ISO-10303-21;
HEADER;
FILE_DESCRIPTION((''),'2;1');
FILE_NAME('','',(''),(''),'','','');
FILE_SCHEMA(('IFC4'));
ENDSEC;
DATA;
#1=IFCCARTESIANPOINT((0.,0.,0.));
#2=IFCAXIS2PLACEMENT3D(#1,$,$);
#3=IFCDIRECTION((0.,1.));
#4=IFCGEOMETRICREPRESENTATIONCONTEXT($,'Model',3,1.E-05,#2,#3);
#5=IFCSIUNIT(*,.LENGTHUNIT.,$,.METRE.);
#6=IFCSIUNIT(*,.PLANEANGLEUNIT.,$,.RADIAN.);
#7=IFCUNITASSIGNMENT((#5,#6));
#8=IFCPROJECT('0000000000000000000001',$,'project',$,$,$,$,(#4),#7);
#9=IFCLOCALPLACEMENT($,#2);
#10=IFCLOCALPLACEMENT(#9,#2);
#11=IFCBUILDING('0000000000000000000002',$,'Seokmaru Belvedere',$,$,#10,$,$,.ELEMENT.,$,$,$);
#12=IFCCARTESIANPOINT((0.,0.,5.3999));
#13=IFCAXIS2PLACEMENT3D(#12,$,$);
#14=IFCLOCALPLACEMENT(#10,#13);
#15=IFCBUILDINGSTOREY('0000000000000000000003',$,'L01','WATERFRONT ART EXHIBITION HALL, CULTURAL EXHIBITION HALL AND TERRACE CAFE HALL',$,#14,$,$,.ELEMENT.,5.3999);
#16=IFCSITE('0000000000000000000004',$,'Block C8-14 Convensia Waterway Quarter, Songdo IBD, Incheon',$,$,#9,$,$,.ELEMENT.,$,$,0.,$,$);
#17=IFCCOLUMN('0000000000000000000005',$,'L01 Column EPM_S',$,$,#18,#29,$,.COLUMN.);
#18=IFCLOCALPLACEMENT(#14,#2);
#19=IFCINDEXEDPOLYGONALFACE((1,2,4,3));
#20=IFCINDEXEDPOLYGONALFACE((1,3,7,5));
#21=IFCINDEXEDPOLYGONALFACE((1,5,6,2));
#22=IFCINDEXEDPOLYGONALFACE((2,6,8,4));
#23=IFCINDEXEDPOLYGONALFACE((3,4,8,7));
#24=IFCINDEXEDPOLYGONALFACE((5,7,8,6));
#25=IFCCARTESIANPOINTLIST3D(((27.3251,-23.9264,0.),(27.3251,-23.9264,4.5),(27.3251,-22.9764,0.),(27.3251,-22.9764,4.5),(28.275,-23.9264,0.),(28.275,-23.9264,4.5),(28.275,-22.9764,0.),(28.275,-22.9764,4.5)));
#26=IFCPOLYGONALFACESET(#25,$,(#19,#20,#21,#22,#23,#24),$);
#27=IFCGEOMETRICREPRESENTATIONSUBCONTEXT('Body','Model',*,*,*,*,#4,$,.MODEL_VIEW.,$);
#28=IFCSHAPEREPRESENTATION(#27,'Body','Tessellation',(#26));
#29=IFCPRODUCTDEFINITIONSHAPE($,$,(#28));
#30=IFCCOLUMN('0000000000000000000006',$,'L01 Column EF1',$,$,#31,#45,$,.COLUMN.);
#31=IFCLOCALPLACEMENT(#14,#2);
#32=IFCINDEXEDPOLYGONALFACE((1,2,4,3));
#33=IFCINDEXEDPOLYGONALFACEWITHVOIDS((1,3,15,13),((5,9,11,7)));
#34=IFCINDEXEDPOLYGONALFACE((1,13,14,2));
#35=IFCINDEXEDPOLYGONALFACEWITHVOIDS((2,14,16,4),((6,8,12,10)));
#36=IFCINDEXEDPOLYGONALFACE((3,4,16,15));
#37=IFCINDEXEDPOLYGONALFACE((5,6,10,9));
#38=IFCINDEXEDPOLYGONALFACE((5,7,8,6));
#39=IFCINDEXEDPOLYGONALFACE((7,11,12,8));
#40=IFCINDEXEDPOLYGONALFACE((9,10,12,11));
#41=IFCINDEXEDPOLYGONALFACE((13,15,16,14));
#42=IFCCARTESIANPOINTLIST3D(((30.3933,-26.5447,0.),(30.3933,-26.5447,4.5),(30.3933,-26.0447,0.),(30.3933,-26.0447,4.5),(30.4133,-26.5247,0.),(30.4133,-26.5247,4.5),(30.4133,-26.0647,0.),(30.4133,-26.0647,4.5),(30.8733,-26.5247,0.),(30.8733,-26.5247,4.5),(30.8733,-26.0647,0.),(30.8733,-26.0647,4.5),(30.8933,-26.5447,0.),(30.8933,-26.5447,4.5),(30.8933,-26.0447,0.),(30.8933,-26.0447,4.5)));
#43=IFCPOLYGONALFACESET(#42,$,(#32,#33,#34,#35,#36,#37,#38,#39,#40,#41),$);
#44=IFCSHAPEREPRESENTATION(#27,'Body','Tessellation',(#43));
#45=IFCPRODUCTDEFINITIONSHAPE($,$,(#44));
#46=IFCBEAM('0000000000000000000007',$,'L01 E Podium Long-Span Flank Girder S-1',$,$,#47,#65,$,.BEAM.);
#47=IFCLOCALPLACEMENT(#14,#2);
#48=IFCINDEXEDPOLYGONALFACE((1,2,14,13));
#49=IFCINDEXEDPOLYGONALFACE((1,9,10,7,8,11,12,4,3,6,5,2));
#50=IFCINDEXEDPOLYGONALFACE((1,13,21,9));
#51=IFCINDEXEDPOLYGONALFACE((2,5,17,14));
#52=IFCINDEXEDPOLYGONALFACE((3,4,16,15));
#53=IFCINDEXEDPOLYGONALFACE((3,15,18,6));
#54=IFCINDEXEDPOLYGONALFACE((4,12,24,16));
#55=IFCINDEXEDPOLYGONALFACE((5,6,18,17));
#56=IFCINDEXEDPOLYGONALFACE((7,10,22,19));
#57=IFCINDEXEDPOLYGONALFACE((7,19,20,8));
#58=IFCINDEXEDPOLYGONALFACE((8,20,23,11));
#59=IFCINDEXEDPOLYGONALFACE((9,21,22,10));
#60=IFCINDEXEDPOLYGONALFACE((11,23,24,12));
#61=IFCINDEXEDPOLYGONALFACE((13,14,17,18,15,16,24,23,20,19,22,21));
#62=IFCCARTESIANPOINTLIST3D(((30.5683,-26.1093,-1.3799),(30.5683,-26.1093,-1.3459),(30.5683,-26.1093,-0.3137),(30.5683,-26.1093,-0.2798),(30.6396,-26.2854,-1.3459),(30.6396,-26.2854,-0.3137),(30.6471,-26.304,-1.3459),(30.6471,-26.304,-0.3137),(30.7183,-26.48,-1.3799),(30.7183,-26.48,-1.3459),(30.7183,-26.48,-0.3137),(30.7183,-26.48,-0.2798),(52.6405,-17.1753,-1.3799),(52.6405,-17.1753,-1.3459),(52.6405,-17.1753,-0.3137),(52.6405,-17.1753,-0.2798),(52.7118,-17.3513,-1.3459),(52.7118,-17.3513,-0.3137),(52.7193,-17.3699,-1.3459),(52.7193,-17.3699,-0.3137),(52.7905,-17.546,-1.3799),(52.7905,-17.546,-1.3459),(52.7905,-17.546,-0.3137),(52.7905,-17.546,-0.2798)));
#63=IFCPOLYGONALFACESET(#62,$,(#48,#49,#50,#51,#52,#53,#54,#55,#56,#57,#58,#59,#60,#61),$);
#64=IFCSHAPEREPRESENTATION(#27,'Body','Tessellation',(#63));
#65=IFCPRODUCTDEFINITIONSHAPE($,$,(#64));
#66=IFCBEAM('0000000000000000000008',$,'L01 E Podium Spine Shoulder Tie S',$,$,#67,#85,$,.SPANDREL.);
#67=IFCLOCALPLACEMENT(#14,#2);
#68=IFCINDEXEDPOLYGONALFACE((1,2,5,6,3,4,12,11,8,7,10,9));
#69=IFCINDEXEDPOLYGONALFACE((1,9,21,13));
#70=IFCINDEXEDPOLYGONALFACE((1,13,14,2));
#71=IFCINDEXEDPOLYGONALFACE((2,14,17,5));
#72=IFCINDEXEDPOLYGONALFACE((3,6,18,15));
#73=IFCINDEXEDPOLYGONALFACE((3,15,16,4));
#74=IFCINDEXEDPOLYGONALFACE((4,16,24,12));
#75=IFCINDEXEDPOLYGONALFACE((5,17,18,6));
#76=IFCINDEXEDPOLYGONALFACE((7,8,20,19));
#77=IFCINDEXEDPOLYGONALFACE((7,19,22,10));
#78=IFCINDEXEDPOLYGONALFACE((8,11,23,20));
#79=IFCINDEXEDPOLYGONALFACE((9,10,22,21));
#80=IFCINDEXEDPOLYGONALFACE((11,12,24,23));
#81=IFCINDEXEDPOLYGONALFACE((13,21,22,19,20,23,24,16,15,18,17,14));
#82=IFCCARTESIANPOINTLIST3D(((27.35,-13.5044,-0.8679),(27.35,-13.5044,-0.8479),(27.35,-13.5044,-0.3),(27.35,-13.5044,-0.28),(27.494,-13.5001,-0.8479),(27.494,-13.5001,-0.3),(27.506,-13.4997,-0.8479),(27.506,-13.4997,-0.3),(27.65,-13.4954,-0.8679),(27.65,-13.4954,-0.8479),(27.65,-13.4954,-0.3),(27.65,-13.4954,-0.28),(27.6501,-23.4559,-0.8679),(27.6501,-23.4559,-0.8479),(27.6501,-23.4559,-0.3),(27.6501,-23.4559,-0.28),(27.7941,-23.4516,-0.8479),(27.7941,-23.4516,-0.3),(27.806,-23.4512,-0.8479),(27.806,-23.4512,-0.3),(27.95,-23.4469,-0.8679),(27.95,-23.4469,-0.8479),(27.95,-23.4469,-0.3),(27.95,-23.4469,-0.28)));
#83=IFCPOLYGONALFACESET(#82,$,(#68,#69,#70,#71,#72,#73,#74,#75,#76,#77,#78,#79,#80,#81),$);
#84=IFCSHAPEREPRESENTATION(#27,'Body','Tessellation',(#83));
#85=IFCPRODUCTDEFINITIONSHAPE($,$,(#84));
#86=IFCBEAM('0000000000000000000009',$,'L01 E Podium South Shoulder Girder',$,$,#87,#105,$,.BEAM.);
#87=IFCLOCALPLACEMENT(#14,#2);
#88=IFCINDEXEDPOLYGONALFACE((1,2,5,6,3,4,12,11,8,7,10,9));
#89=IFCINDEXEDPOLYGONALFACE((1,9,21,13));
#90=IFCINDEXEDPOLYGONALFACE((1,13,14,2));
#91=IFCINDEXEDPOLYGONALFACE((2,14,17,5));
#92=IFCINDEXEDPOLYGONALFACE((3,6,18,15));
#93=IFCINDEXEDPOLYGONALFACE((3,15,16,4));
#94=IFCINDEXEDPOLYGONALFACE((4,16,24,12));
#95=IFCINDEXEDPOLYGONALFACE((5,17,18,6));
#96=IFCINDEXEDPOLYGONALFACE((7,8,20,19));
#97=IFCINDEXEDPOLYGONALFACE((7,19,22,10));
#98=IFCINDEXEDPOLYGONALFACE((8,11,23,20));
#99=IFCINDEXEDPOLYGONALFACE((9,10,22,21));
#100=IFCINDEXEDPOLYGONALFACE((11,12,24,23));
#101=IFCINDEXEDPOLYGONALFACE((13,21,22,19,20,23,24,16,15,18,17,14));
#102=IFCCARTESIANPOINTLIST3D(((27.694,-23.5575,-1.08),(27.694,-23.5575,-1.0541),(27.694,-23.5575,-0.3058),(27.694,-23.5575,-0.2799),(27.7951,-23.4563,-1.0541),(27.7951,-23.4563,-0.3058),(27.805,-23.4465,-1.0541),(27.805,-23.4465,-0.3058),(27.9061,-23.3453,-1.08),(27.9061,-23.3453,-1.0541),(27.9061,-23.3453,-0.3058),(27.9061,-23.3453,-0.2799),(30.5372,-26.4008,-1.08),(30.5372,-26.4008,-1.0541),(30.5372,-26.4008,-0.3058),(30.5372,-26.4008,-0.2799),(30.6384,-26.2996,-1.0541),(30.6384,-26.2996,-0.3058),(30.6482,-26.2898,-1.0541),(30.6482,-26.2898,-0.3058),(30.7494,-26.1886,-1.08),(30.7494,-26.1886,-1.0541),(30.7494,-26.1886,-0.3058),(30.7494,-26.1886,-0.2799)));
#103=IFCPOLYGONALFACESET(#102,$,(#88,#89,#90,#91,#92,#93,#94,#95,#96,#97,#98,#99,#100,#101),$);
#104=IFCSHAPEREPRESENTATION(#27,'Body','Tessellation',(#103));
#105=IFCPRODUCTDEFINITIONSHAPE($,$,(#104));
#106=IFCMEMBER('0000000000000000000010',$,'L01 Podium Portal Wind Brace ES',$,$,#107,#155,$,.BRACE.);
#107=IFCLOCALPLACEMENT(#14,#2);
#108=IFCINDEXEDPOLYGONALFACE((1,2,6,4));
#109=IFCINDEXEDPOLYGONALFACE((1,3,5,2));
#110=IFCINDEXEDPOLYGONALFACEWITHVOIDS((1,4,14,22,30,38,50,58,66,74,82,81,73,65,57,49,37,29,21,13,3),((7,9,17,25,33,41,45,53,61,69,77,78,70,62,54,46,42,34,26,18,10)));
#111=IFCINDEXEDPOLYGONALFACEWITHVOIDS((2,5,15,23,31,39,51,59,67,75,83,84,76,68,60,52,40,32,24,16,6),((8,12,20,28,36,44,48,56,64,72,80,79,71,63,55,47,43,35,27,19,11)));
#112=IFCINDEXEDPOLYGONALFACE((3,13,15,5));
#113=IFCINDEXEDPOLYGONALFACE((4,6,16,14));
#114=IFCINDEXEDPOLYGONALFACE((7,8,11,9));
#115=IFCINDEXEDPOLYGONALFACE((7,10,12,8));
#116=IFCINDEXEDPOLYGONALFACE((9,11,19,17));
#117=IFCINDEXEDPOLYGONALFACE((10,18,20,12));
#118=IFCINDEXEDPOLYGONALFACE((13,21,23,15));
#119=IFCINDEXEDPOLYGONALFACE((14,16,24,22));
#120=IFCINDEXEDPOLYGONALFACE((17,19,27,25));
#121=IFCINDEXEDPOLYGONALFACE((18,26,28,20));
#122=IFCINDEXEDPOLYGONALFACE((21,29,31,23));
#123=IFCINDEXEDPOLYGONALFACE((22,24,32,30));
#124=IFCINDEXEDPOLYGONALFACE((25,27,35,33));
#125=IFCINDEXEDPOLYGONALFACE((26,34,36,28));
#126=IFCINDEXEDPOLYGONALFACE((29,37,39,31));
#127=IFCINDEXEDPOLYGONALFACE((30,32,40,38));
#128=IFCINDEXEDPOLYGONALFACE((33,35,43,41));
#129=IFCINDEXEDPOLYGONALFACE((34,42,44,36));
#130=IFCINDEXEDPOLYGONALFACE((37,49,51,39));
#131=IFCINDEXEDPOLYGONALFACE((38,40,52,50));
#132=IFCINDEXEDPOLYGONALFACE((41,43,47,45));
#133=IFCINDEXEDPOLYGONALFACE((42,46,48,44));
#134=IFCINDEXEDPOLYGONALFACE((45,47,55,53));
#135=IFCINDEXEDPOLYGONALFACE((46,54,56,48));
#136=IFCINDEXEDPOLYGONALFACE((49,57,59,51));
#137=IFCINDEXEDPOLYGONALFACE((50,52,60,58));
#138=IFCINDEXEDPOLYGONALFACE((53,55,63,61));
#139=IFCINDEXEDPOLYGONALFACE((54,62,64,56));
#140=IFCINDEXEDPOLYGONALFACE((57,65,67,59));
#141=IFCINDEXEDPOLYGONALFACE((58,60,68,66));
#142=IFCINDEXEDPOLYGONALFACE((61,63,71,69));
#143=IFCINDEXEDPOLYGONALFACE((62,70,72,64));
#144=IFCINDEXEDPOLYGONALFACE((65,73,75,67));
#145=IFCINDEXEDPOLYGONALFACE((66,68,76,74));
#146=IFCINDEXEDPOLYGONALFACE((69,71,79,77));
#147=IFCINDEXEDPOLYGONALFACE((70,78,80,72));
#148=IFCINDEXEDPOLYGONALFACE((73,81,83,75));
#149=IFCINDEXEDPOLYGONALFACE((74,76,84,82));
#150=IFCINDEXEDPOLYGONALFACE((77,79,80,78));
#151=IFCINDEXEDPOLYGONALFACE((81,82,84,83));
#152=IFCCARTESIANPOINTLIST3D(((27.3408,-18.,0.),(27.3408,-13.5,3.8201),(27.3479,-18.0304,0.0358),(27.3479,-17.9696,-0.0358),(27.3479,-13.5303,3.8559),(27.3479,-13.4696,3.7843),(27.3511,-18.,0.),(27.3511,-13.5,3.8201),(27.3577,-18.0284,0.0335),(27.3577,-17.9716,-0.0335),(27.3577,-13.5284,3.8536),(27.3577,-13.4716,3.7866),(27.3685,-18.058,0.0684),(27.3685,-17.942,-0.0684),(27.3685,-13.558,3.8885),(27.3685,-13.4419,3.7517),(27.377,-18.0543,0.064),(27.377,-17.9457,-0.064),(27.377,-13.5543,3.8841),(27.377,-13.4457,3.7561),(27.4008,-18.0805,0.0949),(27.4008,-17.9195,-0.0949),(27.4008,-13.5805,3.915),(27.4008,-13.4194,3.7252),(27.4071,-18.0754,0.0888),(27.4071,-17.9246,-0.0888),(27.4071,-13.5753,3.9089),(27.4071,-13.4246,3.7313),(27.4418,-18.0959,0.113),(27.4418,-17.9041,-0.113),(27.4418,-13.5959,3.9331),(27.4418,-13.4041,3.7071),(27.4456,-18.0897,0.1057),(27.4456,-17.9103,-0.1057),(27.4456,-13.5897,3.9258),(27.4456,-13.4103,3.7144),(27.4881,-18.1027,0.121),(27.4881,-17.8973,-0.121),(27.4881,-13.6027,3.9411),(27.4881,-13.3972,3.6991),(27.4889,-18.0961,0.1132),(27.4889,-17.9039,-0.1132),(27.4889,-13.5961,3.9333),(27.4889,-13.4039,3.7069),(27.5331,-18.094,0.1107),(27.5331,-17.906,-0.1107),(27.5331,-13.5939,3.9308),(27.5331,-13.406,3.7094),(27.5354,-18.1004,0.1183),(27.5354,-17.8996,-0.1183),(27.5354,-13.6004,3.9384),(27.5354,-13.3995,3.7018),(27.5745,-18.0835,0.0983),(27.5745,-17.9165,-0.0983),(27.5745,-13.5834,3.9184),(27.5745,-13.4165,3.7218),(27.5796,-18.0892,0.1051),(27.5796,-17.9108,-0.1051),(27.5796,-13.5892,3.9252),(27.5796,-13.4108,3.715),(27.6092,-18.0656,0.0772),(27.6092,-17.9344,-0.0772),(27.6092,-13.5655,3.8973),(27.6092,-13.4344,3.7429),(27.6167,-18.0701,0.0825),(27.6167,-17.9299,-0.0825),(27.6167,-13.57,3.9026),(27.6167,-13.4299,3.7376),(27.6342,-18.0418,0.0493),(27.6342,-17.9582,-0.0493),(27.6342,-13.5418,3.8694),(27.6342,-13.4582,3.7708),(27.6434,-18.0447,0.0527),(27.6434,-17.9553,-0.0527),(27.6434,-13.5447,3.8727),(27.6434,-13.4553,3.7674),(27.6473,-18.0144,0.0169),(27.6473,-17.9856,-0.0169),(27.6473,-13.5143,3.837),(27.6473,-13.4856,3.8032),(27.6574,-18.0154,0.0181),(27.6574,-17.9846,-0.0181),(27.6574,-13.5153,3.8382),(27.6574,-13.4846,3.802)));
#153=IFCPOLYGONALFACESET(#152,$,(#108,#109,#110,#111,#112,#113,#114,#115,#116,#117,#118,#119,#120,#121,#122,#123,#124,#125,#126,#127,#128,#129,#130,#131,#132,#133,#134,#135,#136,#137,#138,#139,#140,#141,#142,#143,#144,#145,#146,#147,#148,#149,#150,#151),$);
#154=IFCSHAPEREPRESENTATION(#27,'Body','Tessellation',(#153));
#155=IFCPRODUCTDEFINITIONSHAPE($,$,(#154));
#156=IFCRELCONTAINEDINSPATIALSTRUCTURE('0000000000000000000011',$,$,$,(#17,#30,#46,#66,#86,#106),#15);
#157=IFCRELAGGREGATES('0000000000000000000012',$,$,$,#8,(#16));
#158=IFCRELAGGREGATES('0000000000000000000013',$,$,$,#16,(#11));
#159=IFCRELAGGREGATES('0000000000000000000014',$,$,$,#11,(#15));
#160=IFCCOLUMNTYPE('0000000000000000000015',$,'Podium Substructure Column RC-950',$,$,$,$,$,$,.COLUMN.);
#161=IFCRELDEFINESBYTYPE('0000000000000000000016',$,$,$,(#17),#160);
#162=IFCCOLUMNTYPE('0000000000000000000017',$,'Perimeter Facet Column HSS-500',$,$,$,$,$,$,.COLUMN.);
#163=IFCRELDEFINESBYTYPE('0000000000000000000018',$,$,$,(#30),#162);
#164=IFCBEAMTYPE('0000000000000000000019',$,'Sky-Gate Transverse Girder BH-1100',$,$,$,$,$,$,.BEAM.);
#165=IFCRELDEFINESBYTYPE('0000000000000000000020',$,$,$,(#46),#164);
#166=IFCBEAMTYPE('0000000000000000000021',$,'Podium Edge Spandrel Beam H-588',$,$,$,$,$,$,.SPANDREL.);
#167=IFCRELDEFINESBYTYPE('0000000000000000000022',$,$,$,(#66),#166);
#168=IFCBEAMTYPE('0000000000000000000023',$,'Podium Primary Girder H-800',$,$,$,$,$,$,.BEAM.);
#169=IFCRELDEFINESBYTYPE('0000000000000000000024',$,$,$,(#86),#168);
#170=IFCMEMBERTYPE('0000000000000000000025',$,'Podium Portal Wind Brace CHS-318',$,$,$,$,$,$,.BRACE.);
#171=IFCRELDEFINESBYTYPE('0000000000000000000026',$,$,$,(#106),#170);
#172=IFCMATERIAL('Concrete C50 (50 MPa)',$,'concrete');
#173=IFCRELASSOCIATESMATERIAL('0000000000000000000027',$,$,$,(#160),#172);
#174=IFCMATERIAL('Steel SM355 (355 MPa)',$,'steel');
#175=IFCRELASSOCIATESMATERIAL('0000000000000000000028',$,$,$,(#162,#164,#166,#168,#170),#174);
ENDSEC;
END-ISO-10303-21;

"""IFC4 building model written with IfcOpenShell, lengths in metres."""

from ifc_helpers import new_model, si_unit, direction, frame, origin, origin_2d, place, context, subcontext, project, spatial, rectangle, hollow_rectangle, hollow_circle, i_section, extrude, source, transform, mapped, material, material_profile, profile_set, type_object, type_shapes, element, save


model = new_model("IFC4")

# Units and contexts
model_context = context("Model", 3, precision=1e-05, world=origin(), true_north=direction((0.0, 1.0)))
body_context = subcontext(model_context, "Body", "Model", "MODEL_VIEW")
ifc_project = project(units=[si_unit("LENGTHUNIT", "METRE"), si_unit("PLANEANGLEUNIT", "RADIAN")], contexts=[model_context])

# Site, building, storey
site_placement = place(None, origin())
site = spatial("IfcSite", under=ifc_project, at=site_placement, Name="Block C8-14 Convensia Waterway Quarter, Songdo IBD, Incheon", CompositionType="ELEMENT", RefElevation=0.0)
building_placement = place(site_placement, origin())
building = spatial("IfcBuilding", under=site, at=building_placement, Name="Seokmaru Belvedere", CompositionType="ELEMENT")
storey_placement = place(building_placement, frame((0.0, 0.0, 5.3999)))
storey = spatial("IfcBuildingStorey", under=building, at=storey_placement, Name="L01", Description="WATERFRONT ART EXHIBITION HALL, CULTURAL EXHIBITION HALL AND TERRACE CAFE HALL", CompositionType="ELEMENT", Elevation=5.3999)

# Columns
ifc_material_1 = material(Name="Concrete C50 (50 MPa)", Category="concrete")
ifc_material_profile_1 = material_profile(ifc_material_1, rectangle(XDim=0.95, YDim=0.95, at=origin_2d()), Name="RC-950x950")
ifc_profile_set_1 = profile_set([ifc_material_profile_1], Name="Concrete C50 (50 MPa)")
column_type_1 = type_object("IfcColumnType", Name="Podium Substructure Column RC-950", PredefinedType="COLUMN", material=ifc_profile_set_1)
shared_shape_1 = source(origin(), body_context, "Body", "SweptSolid", [
    extrude(rectangle(XDim=0.95, YDim=0.95, at=origin_2d()), origin(), (0.0, 0.0, 1.0), 4.5),
])
type_shapes(column_type_1, [shared_shape_1])
column_1_placement = place(storey_placement, frame((27.8, -23.4514, 0.0), z_axis=(0.0, 0.0, 1.0), x_axis=(1.0, 0.0, 0.0)))
element("IfcColumn", 1, at=column_1_placement, inside=storey, type_object=column_type_1, Name="L01 Column EPM_S", PredefinedType="COLUMN", context=body_context, shape_type="MappedRepresentation", body=[
    mapped(shared_shape_1, transform((0.0, 0.0, 0.0), scale=1.0)),
])
ifc_material_2 = material(Name="Steel SM355 (355 MPa)", Category="steel")
ifc_material_profile_2 = material_profile(ifc_material_2, hollow_rectangle(XDim=0.5, YDim=0.5, WallThickness=0.02, at=origin_2d()), Name="HSS-500x500x20")
ifc_profile_set_2 = profile_set([ifc_material_profile_2], Name="Steel SM355 (355 MPa)")
column_type_2 = type_object("IfcColumnType", Name="Perimeter Facet Column HSS-500", PredefinedType="COLUMN", material=ifc_profile_set_2)
shared_shape_2 = source(origin(), body_context, "Body", "SweptSolid", [
    extrude(hollow_rectangle(XDim=0.5, YDim=0.5, WallThickness=0.02, at=origin_2d()), origin(), (0.0, 0.0, 1.0), 4.5),
])
type_shapes(column_type_2, [shared_shape_2])
column_2_placement = place(storey_placement, frame((30.6433, -26.2947, 0.0), z_axis=(0.0, 0.0, 1.0), x_axis=(1.0, 0.0, 0.0)))
element("IfcColumn", 2, at=column_2_placement, inside=storey, type_object=column_type_2, Name="L01 Column EF1", PredefinedType="COLUMN", context=body_context, shape_type="MappedRepresentation", body=[
    mapped(shared_shape_2, transform((0.0, 0.0, 0.0), scale=1.0)),
])

# Beams
ifc_material_profile_3 = material_profile(ifc_material_2, i_section(OverallWidth=0.3999, OverallDepth=1.1001, WebThickness=0.02, FlangeThickness=0.0339, at=origin_2d()), Name="BH-1100x400x20x34")
ifc_profile_set_3 = profile_set([ifc_material_profile_3], Name="Steel SM355 (355 MPa)")
beam_type_1 = type_object("IfcBeamType", Name="Sky-Gate Transverse Girder BH-1100", PredefinedType="BEAM", material=ifc_profile_set_3)
shared_shape_3 = source(origin(), body_context, "Body", "SweptSolid", [
    extrude(i_section(OverallWidth=0.3999, OverallDepth=1.1001, WebThickness=0.02, FlangeThickness=0.0339, at=origin_2d()), origin(), (0.0, 0.0, 1.0), 23.8118),
])
type_shapes(beam_type_1, [shared_shape_3])
beam_1_placement = place(storey_placement, frame((30.6433, -26.2947, -0.8298), z_axis=(0.926946, 0.375195, 0.0), x_axis=(-0.375195, 0.926946, 0.0)))
element("IfcBeam", 3, at=beam_1_placement, inside=storey, type_object=beam_type_1, Name="L01 E Podium Long-Span Flank Girder S-1", PredefinedType="BEAM", context=body_context, shape_type="MappedRepresentation", body=[
    mapped(shared_shape_3, transform((0.0, 0.0, 0.0), scale=1.0)),
])
ifc_material_profile_4 = material_profile(ifc_material_2, i_section(OverallWidth=0.3, OverallDepth=0.5879, WebThickness=0.012, FlangeThickness=0.02, at=origin_2d()), Name="H-588x300x12x20")
ifc_profile_set_4 = profile_set([ifc_material_profile_4], Name="Steel SM355 (355 MPa)")
beam_type_2 = type_object("IfcBeamType", Name="Podium Edge Spandrel Beam H-588", PredefinedType="SPANDREL", material=ifc_profile_set_4)
shared_shape_4 = source(origin(), body_context, "Body", "SweptSolid", [
    extrude(i_section(OverallWidth=0.3, OverallDepth=0.5879, WebThickness=0.012, FlangeThickness=0.02, at=origin_2d()), origin(), (0.0, 0.0, 1.0), 9.9561),
])
type_shapes(beam_type_2, [shared_shape_4])
beam_2_placement = place(storey_placement, frame((27.8, -23.4514, -0.574), z_axis=(-0.030138, 0.999546, 0.0), x_axis=(-0.999546, -0.030138, 0.0)))
element("IfcBeam", 4, at=beam_2_placement, inside=storey, type_object=beam_type_2, Name="L01 E Podium Spine Shoulder Tie S", PredefinedType="SPANDREL", context=body_context, shape_type="MappedRepresentation", body=[
    mapped(shared_shape_4, transform((0.0, 0.0, 0.0), scale=1.0)),
])
ifc_material_profile_5 = material_profile(ifc_material_2, i_section(OverallWidth=0.3, OverallDepth=0.8, WebThickness=0.0139, FlangeThickness=0.0259, at=origin_2d()), Name="H-800x300x14x26")
ifc_profile_set_5 = profile_set([ifc_material_profile_5], Name="Steel SM355 (355 MPa)")
beam_type_3 = type_object("IfcBeamType", Name="Podium Primary Girder H-800", PredefinedType="BEAM", material=ifc_profile_set_5)
shared_shape_5 = source(origin(), body_context, "Body", "SweptSolid", [
    extrude(i_section(OverallWidth=0.3, OverallDepth=0.8, WebThickness=0.0139, FlangeThickness=0.0259, at=origin_2d()), origin(), (0.0, 0.0, 1.0), 4.021),
])
type_shapes(beam_type_3, [shared_shape_5])
beam_3_placement = place(storey_placement, frame((30.6433, -26.2947, -0.6799), z_axis=(-0.707107, 0.707107, 0.0), x_axis=(-0.707107, -0.707107, 0.0)))
element("IfcBeam", 5, at=beam_3_placement, inside=storey, type_object=beam_type_3, Name="L01 E Podium South Shoulder Girder", PredefinedType="BEAM", context=body_context, shape_type="MappedRepresentation", body=[
    mapped(shared_shape_5, transform((0.0, 0.0, 0.0), scale=1.0)),
])

# Member
ifc_material_profile_6 = material_profile(ifc_material_2, hollow_circle(Radius=0.1592, WallThickness=0.0103, at=origin_2d()), Name="CHS-318.5x10.3")
ifc_profile_set_6 = profile_set([ifc_material_profile_6], Name="Steel SM355 (355 MPa)")
member_type = type_object("IfcMemberType", Name="Podium Portal Wind Brace CHS-318", PredefinedType="BRACE", material=ifc_profile_set_6)
shared_shape_6 = source(origin(), body_context, "Body", "SweptSolid", [
    extrude(hollow_circle(Radius=0.1592, WallThickness=0.0103, at=origin_2d()), origin(), (0.0, 0.0, 1.0), 5.9028),
])
type_shapes(member_type, [shared_shape_6])
member_placement = place(storey_placement, frame((27.5, -18.0, 0.0), z_axis=(0.0, 0.762351, 0.647163), x_axis=(-1.0, 0.0, 0.0)))
element("IfcMember", 6, at=member_placement, inside=storey, type_object=member_type, Name="L01 Podium Portal Wind Brace ES", PredefinedType="BRACE", context=body_context, shape_type="MappedRepresentation", body=[
    mapped(shared_shape_6, transform((0.0, 0.0, 0.0), scale=1.0)),
])

save(model, "model.ifc")
